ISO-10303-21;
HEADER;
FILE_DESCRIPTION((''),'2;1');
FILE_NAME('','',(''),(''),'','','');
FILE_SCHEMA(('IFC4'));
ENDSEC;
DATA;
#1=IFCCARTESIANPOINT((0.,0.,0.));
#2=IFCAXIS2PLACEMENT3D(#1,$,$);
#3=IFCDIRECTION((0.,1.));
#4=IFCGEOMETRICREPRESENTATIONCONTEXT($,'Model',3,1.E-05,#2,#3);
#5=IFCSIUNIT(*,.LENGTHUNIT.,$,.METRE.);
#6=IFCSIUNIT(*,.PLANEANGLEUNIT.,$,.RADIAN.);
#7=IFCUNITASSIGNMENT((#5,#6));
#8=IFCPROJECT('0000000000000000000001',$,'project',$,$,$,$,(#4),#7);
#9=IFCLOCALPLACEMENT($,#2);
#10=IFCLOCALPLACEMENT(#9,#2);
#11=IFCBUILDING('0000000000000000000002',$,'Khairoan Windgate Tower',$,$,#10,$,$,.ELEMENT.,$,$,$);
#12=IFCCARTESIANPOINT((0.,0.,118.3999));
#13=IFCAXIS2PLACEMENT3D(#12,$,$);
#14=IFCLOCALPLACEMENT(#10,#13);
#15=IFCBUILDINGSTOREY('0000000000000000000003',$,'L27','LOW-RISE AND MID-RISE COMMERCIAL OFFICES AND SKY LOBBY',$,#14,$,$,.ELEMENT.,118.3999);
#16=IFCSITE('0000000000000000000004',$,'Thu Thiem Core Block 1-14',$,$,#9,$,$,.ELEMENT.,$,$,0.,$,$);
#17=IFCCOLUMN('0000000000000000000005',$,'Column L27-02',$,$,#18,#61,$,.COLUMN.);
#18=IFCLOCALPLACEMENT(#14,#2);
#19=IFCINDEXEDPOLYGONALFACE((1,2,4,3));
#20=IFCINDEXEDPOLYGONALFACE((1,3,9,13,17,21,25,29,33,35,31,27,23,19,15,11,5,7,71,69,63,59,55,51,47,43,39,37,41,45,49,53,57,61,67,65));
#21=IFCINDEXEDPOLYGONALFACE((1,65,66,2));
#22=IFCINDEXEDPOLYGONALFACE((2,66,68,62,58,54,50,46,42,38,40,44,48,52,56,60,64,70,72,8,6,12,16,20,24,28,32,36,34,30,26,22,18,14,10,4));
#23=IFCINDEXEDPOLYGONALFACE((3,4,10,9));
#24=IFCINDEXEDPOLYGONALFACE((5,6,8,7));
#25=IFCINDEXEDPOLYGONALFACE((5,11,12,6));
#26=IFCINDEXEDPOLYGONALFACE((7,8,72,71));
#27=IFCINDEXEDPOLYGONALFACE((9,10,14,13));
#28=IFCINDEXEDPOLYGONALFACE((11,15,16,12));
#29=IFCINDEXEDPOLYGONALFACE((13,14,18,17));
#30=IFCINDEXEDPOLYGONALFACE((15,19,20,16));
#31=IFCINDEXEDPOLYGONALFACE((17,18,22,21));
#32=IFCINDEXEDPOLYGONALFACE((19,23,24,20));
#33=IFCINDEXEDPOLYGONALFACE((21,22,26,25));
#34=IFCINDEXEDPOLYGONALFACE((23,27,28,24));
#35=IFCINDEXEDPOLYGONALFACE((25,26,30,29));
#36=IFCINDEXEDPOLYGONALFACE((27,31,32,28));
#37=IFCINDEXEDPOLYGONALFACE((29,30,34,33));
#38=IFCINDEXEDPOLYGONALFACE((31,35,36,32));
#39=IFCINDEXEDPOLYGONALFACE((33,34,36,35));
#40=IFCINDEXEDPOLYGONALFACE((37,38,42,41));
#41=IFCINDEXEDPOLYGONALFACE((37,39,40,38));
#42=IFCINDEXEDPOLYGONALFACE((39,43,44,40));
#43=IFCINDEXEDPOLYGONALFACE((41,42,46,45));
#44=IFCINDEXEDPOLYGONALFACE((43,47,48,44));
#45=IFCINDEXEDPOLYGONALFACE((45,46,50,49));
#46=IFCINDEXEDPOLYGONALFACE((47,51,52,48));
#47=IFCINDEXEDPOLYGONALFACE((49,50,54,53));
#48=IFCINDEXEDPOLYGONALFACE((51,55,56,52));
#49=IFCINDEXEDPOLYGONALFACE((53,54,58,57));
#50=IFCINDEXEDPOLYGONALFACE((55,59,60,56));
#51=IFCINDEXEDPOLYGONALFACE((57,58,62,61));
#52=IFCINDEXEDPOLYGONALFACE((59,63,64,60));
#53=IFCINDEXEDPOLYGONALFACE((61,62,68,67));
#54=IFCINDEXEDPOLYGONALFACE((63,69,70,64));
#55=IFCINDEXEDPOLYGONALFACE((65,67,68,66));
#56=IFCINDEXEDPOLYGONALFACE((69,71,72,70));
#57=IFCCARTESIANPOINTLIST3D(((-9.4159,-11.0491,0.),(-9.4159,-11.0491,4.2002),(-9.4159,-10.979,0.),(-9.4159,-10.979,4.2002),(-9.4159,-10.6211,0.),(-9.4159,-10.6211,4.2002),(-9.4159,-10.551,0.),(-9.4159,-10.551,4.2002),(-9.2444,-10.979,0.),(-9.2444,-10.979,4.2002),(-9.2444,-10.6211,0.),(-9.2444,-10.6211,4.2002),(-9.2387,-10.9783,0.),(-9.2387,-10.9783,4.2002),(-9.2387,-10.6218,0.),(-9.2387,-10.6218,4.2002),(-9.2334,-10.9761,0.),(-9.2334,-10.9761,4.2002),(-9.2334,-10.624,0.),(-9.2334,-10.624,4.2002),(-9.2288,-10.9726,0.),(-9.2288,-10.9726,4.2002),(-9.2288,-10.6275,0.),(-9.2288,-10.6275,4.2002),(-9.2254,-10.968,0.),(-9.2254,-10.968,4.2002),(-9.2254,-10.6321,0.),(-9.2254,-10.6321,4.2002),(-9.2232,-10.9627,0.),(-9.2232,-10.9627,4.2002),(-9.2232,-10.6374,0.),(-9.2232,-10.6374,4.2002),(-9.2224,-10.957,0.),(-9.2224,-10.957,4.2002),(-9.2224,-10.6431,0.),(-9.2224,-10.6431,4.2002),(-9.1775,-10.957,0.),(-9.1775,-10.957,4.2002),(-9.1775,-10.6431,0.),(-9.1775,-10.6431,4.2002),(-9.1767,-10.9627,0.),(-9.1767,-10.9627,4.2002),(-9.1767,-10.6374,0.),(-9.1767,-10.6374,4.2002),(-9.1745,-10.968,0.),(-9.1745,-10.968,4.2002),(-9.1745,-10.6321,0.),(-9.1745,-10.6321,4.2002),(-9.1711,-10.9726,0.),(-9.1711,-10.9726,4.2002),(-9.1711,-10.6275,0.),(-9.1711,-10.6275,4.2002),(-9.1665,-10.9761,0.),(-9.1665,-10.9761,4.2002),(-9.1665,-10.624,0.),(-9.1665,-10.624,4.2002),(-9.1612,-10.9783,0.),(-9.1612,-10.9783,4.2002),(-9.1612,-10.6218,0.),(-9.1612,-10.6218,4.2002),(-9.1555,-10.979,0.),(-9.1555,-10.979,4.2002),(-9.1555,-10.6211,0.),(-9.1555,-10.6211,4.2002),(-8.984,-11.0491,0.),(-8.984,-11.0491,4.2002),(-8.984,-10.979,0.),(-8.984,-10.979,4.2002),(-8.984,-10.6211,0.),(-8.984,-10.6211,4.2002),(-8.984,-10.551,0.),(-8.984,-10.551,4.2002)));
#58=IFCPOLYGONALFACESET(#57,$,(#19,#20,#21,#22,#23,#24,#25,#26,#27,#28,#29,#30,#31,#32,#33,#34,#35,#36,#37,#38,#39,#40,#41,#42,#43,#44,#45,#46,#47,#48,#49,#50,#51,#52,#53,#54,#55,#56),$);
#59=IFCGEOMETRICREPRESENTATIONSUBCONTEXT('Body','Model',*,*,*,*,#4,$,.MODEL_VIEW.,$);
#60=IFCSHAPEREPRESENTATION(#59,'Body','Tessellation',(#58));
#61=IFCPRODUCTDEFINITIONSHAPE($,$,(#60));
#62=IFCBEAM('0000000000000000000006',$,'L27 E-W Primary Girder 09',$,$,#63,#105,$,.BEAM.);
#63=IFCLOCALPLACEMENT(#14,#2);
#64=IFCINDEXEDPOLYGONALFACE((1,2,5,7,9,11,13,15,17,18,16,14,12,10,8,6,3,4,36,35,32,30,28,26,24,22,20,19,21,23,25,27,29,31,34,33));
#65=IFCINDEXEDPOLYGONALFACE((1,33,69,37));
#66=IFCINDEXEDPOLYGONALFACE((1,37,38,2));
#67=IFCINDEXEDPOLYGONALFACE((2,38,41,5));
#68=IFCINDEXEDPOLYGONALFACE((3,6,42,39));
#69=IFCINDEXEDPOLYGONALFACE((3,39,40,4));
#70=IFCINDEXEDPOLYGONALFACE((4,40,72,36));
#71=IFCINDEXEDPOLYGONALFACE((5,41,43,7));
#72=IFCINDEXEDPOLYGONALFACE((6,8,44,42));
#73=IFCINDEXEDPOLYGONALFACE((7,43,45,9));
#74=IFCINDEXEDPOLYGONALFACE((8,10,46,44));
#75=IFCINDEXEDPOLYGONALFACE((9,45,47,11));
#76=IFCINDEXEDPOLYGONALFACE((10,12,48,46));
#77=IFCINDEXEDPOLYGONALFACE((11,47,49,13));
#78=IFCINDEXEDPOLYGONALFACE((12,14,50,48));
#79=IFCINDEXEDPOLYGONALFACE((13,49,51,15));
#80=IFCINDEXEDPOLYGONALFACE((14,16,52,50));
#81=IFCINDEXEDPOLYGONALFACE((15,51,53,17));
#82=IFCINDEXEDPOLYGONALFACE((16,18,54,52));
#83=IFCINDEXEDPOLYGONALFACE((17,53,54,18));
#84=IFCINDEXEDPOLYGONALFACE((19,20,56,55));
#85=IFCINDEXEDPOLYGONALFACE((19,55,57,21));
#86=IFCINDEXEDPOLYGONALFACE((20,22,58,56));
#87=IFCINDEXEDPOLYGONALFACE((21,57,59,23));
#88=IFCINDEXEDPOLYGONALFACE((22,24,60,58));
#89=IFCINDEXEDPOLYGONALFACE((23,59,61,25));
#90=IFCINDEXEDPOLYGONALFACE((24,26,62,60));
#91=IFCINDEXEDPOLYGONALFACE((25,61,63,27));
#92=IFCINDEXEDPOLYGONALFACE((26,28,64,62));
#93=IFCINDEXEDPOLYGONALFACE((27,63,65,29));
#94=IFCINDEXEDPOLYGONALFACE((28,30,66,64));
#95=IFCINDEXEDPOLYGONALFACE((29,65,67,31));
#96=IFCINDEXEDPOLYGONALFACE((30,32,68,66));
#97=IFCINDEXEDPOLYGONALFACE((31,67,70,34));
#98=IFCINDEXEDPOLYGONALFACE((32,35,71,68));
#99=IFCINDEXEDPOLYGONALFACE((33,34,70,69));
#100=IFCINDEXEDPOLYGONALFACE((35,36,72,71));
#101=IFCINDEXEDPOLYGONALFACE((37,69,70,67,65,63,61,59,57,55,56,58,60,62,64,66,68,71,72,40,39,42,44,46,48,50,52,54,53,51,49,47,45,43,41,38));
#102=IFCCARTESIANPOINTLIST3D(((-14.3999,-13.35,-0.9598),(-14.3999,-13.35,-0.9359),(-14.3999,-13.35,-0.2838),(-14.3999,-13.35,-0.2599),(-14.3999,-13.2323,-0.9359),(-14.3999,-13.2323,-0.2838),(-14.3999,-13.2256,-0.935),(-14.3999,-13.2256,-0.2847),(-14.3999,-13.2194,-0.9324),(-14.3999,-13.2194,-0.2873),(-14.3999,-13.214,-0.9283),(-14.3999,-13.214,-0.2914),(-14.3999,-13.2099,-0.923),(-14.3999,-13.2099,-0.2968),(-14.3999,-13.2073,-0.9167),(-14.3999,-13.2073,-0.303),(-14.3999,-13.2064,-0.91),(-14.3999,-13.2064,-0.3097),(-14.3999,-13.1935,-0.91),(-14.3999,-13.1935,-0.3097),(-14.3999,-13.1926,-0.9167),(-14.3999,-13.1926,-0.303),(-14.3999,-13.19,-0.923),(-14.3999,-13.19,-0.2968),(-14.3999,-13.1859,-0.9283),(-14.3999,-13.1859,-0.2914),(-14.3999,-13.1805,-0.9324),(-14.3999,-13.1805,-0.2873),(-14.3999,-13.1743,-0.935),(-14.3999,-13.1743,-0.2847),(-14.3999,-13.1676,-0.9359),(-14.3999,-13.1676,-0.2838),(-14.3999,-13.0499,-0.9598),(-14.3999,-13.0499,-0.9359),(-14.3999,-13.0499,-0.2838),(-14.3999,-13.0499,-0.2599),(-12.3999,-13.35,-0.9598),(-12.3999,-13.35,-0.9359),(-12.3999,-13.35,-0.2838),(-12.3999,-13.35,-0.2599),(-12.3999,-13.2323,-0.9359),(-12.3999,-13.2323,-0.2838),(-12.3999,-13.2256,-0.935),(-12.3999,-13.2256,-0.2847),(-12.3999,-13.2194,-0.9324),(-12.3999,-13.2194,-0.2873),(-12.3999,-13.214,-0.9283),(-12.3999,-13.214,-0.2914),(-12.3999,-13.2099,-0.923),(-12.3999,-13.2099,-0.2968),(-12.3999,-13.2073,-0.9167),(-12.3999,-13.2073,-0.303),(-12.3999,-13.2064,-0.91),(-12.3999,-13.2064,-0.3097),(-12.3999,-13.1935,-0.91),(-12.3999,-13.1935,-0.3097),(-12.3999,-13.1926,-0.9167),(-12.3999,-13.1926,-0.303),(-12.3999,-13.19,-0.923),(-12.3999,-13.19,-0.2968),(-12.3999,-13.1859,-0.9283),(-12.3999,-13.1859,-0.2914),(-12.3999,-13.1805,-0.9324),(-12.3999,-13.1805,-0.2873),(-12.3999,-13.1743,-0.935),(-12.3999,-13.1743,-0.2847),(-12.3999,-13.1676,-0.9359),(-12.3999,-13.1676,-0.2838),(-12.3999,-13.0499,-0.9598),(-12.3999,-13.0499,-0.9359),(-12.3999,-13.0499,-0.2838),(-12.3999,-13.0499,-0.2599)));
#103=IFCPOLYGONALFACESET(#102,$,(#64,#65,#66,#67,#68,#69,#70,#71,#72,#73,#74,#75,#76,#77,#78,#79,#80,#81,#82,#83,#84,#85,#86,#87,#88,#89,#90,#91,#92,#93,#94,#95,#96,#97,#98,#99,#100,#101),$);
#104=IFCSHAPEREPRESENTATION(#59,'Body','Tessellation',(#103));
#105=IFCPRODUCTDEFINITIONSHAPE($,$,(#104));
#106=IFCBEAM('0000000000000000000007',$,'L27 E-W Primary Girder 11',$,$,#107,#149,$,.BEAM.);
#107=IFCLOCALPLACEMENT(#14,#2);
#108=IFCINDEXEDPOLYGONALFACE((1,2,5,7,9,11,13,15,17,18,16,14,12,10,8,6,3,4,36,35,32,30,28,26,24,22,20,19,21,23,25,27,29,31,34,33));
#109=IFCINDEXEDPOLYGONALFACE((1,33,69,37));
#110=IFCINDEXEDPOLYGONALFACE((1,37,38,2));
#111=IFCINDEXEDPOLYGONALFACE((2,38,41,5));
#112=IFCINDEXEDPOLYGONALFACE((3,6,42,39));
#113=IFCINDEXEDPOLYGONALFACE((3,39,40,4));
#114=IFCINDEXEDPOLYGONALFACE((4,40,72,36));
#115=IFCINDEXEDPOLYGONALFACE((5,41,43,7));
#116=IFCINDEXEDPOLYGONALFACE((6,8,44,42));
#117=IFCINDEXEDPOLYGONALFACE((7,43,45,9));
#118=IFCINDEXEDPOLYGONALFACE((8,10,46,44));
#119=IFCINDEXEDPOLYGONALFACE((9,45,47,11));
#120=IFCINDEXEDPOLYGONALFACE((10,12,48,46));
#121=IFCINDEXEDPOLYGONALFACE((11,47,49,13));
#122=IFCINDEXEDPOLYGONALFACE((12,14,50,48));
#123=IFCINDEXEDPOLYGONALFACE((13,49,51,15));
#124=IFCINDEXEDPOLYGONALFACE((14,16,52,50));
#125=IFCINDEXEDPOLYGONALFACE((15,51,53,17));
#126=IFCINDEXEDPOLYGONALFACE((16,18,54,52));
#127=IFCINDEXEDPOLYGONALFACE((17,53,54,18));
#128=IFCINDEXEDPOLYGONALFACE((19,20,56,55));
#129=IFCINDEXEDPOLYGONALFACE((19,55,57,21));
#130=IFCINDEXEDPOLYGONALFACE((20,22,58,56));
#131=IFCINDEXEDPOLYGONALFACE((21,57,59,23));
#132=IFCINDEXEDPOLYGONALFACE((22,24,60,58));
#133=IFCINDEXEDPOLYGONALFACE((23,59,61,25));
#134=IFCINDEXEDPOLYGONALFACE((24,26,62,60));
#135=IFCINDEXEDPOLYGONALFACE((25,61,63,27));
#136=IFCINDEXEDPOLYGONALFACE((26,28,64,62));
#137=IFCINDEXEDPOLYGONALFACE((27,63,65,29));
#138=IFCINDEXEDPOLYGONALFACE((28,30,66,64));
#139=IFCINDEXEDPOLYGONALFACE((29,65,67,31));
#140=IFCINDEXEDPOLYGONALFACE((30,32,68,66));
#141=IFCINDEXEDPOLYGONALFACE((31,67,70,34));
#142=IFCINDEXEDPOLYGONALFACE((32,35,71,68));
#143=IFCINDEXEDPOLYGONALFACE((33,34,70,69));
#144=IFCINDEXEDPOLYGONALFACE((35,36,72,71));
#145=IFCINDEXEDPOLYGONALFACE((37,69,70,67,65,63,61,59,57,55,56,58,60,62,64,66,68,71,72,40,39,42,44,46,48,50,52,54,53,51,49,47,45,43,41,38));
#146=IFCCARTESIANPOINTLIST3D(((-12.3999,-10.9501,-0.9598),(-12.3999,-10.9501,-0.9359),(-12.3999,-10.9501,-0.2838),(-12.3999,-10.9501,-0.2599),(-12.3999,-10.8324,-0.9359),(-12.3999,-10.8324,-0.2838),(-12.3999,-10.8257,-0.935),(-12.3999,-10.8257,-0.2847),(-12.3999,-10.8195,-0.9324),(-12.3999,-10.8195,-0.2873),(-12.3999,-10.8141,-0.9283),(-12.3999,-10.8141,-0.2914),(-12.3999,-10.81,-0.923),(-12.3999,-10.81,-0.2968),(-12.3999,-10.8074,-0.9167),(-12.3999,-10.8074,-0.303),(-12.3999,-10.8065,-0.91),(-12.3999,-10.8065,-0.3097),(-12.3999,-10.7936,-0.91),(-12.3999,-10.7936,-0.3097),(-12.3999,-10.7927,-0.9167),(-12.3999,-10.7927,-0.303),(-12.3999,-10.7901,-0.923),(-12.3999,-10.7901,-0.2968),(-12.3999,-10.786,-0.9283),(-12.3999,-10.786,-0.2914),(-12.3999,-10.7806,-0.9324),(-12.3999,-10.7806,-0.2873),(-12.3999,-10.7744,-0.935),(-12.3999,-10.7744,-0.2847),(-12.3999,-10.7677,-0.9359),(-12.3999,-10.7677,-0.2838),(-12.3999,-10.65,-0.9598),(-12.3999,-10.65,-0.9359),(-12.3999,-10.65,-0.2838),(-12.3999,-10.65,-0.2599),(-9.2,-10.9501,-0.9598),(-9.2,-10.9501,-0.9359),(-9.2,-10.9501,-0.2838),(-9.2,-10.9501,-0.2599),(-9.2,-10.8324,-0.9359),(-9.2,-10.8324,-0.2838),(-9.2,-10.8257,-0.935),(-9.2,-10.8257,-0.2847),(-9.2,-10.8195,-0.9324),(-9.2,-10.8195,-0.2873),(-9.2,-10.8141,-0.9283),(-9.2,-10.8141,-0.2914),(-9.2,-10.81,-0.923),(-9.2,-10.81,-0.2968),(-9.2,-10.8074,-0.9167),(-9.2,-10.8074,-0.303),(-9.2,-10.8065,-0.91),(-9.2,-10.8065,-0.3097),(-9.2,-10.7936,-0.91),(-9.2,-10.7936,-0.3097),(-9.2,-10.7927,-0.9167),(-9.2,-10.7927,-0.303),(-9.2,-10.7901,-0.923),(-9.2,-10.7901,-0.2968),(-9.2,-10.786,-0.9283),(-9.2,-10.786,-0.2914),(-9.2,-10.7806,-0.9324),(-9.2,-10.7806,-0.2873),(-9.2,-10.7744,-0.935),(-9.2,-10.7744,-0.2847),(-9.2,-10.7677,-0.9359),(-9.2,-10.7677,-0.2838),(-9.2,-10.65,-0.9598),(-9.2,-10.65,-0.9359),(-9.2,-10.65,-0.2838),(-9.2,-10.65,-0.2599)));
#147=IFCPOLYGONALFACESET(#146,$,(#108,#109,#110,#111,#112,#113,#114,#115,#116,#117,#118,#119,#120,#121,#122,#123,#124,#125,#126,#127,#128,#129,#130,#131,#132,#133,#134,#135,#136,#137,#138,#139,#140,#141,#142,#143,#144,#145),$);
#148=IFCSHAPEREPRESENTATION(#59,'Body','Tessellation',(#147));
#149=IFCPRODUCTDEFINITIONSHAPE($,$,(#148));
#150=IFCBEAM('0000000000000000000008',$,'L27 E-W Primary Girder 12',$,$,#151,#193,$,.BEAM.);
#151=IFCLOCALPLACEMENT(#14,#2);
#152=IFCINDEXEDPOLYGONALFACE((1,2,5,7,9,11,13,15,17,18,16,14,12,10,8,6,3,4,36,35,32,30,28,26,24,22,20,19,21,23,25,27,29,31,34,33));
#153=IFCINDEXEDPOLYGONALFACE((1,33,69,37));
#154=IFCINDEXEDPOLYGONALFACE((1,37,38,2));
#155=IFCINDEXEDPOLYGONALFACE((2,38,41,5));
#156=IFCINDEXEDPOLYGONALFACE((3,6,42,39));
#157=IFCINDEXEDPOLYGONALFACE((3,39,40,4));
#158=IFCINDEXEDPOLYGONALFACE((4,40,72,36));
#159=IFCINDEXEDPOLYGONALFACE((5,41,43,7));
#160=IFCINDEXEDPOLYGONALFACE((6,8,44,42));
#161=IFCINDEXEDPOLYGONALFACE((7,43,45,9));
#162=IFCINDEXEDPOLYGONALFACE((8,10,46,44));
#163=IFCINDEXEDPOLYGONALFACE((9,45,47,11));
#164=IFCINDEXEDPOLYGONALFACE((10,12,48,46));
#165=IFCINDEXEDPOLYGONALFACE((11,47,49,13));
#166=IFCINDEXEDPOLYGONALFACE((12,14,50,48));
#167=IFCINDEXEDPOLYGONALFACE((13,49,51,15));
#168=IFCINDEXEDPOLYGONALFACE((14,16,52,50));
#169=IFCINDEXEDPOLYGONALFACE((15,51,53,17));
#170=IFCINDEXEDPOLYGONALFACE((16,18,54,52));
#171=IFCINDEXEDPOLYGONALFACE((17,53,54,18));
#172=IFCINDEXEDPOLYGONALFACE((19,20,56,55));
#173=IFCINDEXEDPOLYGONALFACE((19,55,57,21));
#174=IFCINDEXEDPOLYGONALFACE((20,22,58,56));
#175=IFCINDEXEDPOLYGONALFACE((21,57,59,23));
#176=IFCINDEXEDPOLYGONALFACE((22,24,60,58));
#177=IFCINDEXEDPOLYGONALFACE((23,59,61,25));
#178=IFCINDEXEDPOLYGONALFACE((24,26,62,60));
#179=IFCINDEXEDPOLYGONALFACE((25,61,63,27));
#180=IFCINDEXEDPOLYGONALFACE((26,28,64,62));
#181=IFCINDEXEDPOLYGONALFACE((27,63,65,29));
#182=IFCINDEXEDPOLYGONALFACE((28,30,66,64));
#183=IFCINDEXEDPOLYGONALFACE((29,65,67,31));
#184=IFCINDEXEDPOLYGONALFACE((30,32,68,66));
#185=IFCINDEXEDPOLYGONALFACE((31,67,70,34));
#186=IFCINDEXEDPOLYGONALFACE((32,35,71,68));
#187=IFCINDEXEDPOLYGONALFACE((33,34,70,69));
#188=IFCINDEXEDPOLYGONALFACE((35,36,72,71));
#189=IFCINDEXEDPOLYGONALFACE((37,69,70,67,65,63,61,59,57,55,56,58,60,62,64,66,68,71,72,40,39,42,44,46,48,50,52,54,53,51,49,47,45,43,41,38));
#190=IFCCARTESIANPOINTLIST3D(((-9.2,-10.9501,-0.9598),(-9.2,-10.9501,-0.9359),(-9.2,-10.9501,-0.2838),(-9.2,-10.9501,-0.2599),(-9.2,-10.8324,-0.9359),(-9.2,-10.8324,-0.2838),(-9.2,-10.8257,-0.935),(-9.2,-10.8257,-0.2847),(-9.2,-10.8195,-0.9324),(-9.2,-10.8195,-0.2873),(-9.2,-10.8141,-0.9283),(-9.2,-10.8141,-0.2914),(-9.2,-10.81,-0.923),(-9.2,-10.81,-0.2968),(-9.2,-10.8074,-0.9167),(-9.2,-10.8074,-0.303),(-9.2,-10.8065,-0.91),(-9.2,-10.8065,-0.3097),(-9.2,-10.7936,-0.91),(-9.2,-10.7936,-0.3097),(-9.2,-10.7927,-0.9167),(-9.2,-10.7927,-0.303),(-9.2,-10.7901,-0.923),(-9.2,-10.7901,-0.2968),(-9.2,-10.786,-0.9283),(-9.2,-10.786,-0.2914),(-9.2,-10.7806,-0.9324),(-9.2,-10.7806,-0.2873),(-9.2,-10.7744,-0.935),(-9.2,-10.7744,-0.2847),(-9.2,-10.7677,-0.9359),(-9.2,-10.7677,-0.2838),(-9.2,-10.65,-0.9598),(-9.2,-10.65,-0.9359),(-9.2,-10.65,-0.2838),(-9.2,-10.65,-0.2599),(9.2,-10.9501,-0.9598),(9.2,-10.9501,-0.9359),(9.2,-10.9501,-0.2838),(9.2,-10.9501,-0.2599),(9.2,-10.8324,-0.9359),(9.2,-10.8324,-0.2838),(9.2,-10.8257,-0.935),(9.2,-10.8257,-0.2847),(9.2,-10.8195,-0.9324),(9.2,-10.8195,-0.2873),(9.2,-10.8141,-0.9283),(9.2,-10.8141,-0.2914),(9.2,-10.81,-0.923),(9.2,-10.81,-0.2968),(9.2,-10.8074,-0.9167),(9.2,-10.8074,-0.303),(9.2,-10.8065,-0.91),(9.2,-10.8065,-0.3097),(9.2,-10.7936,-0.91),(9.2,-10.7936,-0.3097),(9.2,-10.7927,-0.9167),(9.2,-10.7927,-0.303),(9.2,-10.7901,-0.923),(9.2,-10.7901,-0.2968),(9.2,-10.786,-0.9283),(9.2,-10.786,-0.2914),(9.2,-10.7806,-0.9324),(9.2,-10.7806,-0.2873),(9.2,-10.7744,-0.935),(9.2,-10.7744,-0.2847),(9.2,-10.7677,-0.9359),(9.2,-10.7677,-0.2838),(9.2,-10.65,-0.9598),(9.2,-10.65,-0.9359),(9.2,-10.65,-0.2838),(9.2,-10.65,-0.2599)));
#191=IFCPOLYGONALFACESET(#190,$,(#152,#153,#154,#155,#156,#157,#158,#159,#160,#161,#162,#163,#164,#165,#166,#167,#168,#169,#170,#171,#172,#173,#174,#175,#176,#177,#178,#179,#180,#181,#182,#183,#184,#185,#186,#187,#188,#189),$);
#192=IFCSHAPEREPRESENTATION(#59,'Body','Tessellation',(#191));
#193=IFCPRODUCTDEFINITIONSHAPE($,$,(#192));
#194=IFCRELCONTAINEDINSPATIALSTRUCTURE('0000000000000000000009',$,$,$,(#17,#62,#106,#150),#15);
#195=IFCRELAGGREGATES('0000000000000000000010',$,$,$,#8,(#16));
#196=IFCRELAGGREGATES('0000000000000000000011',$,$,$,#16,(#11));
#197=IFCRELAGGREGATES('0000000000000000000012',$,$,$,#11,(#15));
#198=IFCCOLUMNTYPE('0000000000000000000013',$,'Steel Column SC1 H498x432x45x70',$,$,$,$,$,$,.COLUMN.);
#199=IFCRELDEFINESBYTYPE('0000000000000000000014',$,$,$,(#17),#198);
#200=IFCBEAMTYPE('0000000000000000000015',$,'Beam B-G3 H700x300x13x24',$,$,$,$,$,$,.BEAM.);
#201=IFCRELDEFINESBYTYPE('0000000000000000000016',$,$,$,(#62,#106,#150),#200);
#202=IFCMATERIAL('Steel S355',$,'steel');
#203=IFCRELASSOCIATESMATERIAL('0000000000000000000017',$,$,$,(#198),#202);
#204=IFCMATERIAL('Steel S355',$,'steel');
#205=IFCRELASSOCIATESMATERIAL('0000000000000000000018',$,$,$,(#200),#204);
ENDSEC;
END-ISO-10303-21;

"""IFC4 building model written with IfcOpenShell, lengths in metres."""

from ifc_helpers import new_model, si_unit, direction, frame, origin, origin_2d, place, context, subcontext, project, spatial, i_section, extrude, material, material_profile, profile_set, type_object, element, save


model = new_model("IFC4")

# Units and contexts
model_context = context("Model", 3, precision=1e-05, world=origin(), true_north=direction((0.0, 1.0)))
body_context = subcontext(model_context, "Body", "Model", "MODEL_VIEW")
ifc_project = project(units=[si_unit("LENGTHUNIT", "METRE"), si_unit("PLANEANGLEUNIT", "RADIAN")], contexts=[model_context])

# Site, building, storey
site_placement = place(None, origin())
site = spatial("IfcSite", under=ifc_project, at=site_placement, Name="Thu Thiem Core Block 1-14", CompositionType="ELEMENT", RefElevation=0.0)
building_placement = place(site_placement, origin())
building = spatial("IfcBuilding", under=site, at=building_placement, Name="Khairoan Windgate Tower", CompositionType="ELEMENT")
storey_placement = place(building_placement, frame((0.0, 0.0, 118.3999)))
storey = spatial("IfcBuildingStorey", under=building, at=storey_placement, Name="L27", Description="LOW-RISE AND MID-RISE COMMERCIAL OFFICES AND SKY LOBBY", CompositionType="ELEMENT", Elevation=118.3999)

# Column
ifc_material_1 = material(Name="Steel S355", Category="steel")
ifc_material_profile_1 = material_profile(ifc_material_1, i_section(OverallWidth=0.4319, OverallDepth=0.498, WebThickness=0.0449, FlangeThickness=0.0701, FilletRadius=0.022, at=origin_2d()))
ifc_profile_set_1 = profile_set([ifc_material_profile_1], Name="Steel S355")
column_type = type_object("IfcColumnType", Name="Steel Column SC1 H498x432x45x70", PredefinedType="COLUMN", material=ifc_profile_set_1)
column_placement = place(storey_placement, frame((-9.2, -10.8, 0.0), z_axis=(0.0, 0.0, 1.0), x_axis=(1.0, 0.0, 0.0)))
element("IfcColumn", 1, at=column_placement, inside=storey, type_object=column_type, Name="Column L27-02", PredefinedType="COLUMN", context=body_context, shape_type="SweptSolid", body=[
    extrude(i_section(OverallWidth=0.4319, OverallDepth=0.498, WebThickness=0.0449, FlangeThickness=0.0701, FilletRadius=0.022, at=origin_2d()), origin(), (0.0, 0.0, 1.0), 4.2002),
])

# Beams
ifc_material_2 = material(Name="Steel S355", Category="steel")
ifc_material_profile_2 = material_profile(ifc_material_2, i_section(OverallWidth=0.3, OverallDepth=0.7, WebThickness=0.0129, FlangeThickness=0.0239, FilletRadius=0.0259, at=origin_2d()))
ifc_profile_set_2 = profile_set([ifc_material_profile_2], Name="Steel S355")
beam_type = type_object("IfcBeamType", Name="Beam B-G3 H700x300x13x24", PredefinedType="BEAM", material=ifc_profile_set_2)
beam_1_placement = place(storey_placement, frame((-14.3999, -13.2, -0.6099), z_axis=(1.0, 0.0, 0.0), x_axis=(0.0, 1.0, 0.0)))
element("IfcBeam", 2, at=beam_1_placement, inside=storey, type_object=beam_type, Name="L27 E-W Primary Girder 09", PredefinedType="BEAM", context=body_context, shape_type="SweptSolid", body=[
    extrude(i_section(OverallWidth=0.3, OverallDepth=0.7, WebThickness=0.0129, FlangeThickness=0.0239, FilletRadius=0.0259, at=origin_2d()), origin(), (0.0, 0.0, 1.0), 2.0),
])
beam_2_placement = place(storey_placement, frame((-12.3999, -10.8, -0.6099), z_axis=(1.0, 0.0, 0.0), x_axis=(0.0, 1.0, 0.0)))
element("IfcBeam", 3, at=beam_2_placement, inside=storey, type_object=beam_type, Name="L27 E-W Primary Girder 11", PredefinedType="BEAM", context=body_context, shape_type="SweptSolid", body=[
    extrude(i_section(OverallWidth=0.3, OverallDepth=0.7, WebThickness=0.0129, FlangeThickness=0.0239, FilletRadius=0.0259, at=origin_2d()), origin(), (0.0, 0.0, 1.0), 3.2),
])
beam_3_placement = place(storey_placement, frame((-9.2, -10.8, -0.6099), z_axis=(1.0, 0.0, 0.0), x_axis=(0.0, 1.0, 0.0)))
element("IfcBeam", 4, at=beam_3_placement, inside=storey, type_object=beam_type, Name="L27 E-W Primary Girder 12", PredefinedType="BEAM", context=body_context, shape_type="SweptSolid", body=[
    extrude(i_section(OverallWidth=0.3, OverallDepth=0.7, WebThickness=0.0129, FlangeThickness=0.0239, FilletRadius=0.0259, at=origin_2d()), origin(), (0.0, 0.0, 1.0), 18.3999),
])

save(model, "model.ifc")
